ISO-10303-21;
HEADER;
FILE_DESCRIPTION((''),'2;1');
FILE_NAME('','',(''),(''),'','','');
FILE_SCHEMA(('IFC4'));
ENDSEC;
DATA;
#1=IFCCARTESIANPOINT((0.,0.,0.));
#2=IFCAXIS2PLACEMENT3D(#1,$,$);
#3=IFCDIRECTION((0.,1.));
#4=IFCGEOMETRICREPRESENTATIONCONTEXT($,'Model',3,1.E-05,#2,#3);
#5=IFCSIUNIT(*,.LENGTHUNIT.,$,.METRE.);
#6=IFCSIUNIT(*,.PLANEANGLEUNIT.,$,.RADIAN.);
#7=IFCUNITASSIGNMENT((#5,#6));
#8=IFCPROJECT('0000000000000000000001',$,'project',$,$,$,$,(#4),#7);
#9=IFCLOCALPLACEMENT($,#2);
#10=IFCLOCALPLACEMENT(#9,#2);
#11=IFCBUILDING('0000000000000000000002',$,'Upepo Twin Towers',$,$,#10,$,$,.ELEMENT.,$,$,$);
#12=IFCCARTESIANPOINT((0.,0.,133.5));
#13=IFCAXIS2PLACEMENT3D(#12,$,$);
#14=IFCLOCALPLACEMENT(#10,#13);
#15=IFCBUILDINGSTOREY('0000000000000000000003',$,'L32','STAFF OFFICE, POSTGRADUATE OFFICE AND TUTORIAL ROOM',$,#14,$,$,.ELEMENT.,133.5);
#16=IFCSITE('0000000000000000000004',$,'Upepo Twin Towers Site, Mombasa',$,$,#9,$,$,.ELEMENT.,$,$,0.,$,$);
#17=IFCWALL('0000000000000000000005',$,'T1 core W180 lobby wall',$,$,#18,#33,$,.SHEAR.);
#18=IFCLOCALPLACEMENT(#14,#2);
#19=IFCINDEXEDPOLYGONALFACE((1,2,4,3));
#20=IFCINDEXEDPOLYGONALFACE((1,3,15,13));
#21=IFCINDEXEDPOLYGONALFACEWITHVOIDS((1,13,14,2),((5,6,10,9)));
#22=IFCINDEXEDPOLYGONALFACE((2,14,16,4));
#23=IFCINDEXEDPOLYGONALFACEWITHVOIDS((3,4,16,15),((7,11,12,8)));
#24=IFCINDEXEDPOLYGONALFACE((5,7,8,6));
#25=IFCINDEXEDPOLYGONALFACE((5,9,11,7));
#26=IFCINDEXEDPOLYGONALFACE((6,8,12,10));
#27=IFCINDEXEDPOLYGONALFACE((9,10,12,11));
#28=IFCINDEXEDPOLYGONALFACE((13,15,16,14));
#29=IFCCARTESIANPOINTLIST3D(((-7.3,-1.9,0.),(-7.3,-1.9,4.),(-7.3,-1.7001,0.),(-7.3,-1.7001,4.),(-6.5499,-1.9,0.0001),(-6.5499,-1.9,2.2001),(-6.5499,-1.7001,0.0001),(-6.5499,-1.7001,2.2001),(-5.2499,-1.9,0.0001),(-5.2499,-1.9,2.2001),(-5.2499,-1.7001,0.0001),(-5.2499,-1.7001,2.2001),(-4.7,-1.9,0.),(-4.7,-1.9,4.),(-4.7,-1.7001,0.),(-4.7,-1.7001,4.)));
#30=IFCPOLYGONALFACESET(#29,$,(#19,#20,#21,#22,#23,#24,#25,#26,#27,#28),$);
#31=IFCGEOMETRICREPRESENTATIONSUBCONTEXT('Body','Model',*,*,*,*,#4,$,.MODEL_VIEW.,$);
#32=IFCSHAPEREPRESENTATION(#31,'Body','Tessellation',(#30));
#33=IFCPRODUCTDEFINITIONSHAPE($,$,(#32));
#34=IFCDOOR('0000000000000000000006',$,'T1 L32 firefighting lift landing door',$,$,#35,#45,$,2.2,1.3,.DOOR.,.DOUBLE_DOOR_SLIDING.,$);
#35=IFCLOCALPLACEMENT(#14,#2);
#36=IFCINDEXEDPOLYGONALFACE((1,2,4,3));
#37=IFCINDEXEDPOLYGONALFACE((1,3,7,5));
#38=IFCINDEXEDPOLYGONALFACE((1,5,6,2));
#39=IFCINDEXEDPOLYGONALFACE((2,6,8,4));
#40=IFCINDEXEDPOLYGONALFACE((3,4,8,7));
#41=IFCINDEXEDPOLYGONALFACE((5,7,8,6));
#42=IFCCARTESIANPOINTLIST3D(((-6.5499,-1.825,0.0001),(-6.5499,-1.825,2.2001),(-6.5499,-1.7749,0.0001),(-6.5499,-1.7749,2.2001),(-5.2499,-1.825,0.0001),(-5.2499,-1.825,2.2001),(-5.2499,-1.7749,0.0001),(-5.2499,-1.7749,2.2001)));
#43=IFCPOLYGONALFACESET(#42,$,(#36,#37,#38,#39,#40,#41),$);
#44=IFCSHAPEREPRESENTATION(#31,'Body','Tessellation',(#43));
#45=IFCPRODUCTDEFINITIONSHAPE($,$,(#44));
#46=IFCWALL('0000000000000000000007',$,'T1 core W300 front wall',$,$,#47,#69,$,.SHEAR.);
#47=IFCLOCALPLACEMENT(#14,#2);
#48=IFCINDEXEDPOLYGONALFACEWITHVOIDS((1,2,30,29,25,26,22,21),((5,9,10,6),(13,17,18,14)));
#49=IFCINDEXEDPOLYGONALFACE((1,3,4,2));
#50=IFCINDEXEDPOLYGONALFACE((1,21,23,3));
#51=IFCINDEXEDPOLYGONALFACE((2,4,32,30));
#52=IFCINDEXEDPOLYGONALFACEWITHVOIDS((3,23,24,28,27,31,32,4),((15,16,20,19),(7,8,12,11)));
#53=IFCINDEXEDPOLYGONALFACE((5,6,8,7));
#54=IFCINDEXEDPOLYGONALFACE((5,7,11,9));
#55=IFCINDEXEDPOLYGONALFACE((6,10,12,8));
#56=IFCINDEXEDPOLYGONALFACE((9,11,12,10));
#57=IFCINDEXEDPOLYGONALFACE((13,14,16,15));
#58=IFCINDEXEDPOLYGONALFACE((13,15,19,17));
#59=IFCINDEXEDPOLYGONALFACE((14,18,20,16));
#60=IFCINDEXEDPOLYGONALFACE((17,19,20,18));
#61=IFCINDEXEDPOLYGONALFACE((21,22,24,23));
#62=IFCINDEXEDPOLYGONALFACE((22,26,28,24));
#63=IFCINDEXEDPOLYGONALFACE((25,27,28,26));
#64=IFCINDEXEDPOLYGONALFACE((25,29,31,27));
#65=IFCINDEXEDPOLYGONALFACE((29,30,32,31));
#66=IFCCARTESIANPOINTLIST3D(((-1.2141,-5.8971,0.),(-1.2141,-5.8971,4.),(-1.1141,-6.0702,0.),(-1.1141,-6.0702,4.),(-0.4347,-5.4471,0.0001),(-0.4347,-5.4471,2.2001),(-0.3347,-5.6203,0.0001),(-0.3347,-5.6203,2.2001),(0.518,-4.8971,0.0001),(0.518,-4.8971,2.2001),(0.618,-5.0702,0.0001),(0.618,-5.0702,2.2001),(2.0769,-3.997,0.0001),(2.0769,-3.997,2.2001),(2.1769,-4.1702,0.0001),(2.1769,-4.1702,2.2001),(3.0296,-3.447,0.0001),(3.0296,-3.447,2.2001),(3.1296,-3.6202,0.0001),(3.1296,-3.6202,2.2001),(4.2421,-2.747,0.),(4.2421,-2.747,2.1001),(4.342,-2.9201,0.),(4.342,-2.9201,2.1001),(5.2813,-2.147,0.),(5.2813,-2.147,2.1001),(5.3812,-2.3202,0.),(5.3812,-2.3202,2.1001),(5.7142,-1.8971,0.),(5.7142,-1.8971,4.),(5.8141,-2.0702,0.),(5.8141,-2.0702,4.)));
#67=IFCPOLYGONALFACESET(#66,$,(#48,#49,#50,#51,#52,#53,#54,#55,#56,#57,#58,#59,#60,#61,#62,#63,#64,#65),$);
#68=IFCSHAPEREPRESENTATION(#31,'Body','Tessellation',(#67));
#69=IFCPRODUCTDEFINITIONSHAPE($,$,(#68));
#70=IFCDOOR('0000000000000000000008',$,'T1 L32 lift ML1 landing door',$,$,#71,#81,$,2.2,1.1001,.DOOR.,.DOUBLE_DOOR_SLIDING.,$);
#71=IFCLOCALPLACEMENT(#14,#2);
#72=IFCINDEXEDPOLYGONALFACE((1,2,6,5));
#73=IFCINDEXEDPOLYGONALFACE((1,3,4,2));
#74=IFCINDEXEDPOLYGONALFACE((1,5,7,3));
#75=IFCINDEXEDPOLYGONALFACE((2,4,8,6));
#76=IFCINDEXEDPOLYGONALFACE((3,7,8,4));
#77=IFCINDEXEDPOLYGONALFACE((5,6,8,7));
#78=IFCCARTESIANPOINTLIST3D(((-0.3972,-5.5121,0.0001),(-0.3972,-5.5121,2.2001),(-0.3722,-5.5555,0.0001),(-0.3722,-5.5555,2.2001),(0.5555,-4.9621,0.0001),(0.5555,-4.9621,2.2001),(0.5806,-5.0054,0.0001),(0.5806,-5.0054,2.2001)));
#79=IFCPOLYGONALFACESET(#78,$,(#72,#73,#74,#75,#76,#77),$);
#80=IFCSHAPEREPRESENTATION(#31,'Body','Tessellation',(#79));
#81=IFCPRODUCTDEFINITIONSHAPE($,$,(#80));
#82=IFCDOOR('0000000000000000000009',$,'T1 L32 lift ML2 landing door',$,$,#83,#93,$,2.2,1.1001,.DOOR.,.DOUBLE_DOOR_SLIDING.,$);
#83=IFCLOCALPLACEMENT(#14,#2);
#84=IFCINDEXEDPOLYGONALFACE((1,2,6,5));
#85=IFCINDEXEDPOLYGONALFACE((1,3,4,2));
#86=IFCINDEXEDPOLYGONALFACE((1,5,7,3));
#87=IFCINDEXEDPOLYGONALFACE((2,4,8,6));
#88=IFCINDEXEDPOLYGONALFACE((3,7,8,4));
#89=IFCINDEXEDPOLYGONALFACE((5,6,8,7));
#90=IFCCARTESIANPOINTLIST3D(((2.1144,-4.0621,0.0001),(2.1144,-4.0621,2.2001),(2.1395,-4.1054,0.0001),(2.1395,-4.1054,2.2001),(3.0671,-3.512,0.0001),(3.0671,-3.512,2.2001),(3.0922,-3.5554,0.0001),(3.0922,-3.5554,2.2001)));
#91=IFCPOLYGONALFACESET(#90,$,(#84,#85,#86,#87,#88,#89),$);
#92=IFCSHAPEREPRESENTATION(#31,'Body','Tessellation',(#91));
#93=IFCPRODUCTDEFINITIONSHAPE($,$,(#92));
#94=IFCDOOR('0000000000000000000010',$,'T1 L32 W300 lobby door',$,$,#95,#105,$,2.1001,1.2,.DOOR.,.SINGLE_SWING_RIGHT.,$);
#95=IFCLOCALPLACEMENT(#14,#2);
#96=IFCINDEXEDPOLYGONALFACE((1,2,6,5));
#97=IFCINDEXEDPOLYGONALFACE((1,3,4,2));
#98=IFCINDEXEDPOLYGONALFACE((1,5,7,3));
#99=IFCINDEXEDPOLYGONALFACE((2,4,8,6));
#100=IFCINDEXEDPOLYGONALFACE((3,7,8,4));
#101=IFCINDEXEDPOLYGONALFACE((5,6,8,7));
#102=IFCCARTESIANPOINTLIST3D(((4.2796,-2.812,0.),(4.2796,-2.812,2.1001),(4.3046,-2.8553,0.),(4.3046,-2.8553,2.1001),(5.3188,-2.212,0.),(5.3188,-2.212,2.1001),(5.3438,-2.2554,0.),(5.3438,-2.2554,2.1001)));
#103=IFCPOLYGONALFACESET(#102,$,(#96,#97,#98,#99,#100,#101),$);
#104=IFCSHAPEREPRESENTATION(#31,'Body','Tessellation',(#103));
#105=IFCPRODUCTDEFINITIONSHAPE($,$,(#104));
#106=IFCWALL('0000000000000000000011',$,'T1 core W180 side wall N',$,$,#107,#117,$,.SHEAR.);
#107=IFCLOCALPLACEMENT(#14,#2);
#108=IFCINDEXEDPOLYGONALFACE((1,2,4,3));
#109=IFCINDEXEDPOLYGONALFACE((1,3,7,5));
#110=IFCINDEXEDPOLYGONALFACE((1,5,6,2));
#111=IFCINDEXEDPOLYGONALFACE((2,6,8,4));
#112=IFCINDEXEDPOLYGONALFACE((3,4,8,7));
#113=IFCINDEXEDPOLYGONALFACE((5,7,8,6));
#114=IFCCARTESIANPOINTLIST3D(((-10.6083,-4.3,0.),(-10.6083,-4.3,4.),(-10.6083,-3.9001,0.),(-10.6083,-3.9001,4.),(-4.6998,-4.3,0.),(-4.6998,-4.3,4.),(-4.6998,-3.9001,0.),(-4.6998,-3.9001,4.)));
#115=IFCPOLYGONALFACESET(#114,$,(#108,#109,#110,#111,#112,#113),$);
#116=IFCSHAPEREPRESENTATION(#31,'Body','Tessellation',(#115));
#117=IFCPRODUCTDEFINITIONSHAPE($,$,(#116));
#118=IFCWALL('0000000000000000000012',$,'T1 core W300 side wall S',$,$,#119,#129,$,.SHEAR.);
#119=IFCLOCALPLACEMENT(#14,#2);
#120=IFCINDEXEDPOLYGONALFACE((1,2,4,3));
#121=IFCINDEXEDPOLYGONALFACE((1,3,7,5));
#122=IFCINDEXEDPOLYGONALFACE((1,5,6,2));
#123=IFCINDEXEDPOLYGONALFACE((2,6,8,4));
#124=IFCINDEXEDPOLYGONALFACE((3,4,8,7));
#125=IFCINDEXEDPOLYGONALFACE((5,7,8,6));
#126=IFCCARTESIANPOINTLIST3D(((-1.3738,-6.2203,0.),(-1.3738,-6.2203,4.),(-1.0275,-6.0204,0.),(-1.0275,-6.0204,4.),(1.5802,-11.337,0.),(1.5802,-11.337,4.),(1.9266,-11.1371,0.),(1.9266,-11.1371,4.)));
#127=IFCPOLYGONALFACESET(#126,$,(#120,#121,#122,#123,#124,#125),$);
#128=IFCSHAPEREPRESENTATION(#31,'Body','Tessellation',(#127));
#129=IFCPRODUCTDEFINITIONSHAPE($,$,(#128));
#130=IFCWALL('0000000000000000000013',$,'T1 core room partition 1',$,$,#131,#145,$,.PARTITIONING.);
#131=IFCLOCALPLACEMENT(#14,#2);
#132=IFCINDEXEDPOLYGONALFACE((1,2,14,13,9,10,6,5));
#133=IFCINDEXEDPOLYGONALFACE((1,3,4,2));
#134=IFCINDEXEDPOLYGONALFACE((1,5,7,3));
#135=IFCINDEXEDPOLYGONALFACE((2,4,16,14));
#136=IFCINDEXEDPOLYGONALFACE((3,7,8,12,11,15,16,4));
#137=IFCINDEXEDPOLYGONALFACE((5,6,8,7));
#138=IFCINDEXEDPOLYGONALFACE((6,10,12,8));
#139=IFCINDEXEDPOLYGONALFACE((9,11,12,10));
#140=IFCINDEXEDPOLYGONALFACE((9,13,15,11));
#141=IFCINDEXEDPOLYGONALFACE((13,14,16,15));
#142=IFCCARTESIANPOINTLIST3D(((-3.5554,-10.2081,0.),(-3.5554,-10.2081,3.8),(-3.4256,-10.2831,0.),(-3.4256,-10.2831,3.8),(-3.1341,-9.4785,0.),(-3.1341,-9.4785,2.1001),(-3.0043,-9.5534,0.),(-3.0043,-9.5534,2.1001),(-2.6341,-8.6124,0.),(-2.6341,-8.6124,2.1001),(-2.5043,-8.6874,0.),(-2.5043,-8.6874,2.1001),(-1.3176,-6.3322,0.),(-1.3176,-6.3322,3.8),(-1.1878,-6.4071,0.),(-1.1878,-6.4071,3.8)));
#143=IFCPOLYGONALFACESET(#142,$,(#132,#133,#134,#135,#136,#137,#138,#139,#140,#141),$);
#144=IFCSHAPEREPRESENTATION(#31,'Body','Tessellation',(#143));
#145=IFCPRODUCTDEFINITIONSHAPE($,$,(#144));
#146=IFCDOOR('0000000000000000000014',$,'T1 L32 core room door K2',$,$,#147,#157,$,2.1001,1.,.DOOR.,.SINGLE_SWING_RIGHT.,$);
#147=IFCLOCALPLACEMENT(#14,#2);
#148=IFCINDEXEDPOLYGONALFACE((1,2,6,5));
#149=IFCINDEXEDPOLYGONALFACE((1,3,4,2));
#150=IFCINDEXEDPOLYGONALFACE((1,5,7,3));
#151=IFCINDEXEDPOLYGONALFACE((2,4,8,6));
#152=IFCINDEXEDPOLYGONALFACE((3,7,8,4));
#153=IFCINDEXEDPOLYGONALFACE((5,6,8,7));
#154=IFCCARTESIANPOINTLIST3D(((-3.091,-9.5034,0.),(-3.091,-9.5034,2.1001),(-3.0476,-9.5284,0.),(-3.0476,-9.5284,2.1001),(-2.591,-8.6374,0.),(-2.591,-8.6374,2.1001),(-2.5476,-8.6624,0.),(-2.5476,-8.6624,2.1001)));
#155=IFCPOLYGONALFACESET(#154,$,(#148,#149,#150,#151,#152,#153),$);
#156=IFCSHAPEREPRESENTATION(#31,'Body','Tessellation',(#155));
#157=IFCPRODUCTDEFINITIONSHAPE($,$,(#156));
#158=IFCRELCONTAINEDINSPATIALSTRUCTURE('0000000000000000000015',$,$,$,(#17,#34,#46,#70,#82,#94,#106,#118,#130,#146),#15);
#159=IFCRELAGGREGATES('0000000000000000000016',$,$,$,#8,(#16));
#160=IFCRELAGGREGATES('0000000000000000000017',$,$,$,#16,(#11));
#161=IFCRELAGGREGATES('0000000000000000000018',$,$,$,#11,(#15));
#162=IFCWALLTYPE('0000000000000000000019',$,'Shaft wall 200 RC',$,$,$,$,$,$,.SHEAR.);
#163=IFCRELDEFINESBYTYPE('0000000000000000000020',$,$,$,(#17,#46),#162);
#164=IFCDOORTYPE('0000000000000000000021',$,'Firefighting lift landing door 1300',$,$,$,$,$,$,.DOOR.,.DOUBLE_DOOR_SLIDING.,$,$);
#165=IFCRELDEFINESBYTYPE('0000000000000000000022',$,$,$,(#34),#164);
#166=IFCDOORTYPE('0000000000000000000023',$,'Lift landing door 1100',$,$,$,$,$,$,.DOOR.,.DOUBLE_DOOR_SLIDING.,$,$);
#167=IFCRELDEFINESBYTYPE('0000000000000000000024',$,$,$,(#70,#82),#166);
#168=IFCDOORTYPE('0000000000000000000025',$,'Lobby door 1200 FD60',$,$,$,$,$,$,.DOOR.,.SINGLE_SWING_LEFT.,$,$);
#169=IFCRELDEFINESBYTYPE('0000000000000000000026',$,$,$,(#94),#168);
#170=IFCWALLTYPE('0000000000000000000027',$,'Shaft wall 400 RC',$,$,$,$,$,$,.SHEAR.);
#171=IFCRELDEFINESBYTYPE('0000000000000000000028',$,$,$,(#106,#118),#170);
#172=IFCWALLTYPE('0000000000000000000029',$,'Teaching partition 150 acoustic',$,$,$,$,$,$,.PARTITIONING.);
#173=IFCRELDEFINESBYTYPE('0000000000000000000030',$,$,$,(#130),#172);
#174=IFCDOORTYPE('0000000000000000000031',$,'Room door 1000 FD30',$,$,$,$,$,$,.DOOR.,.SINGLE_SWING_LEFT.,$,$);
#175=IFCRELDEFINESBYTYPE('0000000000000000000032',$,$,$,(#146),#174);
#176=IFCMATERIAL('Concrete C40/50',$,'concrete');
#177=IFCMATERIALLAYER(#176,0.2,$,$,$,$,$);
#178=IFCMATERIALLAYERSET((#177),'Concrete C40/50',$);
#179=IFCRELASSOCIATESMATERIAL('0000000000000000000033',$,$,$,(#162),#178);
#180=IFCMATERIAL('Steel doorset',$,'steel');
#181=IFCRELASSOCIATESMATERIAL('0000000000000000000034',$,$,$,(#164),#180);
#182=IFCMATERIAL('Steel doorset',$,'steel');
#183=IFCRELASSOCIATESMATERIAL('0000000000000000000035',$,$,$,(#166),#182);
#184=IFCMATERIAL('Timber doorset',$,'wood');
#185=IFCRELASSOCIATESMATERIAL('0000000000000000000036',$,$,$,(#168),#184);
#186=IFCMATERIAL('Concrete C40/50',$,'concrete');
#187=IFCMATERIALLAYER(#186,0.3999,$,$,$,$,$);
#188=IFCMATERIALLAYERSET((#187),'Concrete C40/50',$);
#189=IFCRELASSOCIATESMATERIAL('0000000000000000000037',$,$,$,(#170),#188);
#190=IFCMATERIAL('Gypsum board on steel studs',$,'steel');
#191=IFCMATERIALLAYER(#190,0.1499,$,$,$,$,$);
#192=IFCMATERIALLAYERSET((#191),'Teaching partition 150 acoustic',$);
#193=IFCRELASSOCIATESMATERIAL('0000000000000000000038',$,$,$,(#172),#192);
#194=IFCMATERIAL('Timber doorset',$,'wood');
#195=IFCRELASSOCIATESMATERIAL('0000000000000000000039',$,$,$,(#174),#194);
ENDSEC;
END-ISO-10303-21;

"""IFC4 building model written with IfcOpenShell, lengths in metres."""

from ifc_helpers import new_model, si_unit, direction, frame, frame_2d, origin, place, context, subcontext, project, spatial, rectangle, extrude, material, layer, layer_set, type_object, element, fill, save


model = new_model("IFC4")

# Units and contexts
model_context = context("Model", 3, precision=1e-05, world=origin(), true_north=direction((0.0, 1.0)))
body_context = subcontext(model_context, "Body", "Model", "MODEL_VIEW")
ifc_project = project(units=[si_unit("LENGTHUNIT", "METRE"), si_unit("PLANEANGLEUNIT", "RADIAN")], contexts=[model_context])

# Site, building, storey
site_placement = place(None, origin())
site = spatial("IfcSite", under=ifc_project, at=site_placement, Name="Upepo Twin Towers Site, Mombasa", CompositionType="ELEMENT", RefElevation=0.0)
building_placement = place(site_placement, origin())
building = spatial("IfcBuilding", under=site, at=building_placement, Name="Upepo Twin Towers", CompositionType="ELEMENT")
storey_placement = place(building_placement, frame((0.0, 0.0, 133.5)))
storey = spatial("IfcBuildingStorey", under=building, at=storey_placement, Name="L32", Description="STAFF OFFICE, POSTGRADUATE OFFICE AND TUTORIAL ROOM", CompositionType="ELEMENT", Elevation=133.5)

# Shared definitions
ifc_material_1 = material(Name="Concrete C40/50", Category="concrete")
ifc_layer_1 = layer(ifc_material_1, 0.2)
ifc_layer_set_1 = layer_set([ifc_layer_1], Name="Concrete C40/50")
wall_type_1 = type_object("IfcWallType", Name="Shaft wall 200 RC", PredefinedType="SHEAR", material=ifc_layer_set_1)

# Wall, opening, door
wall_1_placement = place(storey_placement, frame((-4.7, -1.8, 0.0), z_axis=(0.0, 0.0, 1.0), x_axis=(-1.0, 0.0, 0.0)))
wall_1 = element("IfcWall", 1, at=wall_1_placement, inside=storey, type_object=wall_type_1, Name="T1 core W180 lobby wall", PredefinedType="SHEAR", context=body_context, shape_type="SweptSolid", body=[
    extrude(rectangle(XDim=2.6001, YDim=0.2, at=frame_2d((1.3, 0.0))), origin(), (0.0, 0.0, 1.0), 4.0),
])
opening_1_placement = place(wall_1_placement, frame((0.55, 0.0, 0.0)))
opening_1 = element("IfcOpeningElement", 2, at=opening_1_placement, cuts=wall_1, PredefinedType="OPENING", context=body_context, shape_type="SweptSolid", body=[
    extrude(rectangle(XDim=1.3, YDim=2.2, at=frame_2d((0.6499, 1.1001))), frame((0.0, 0.1099, 0.0), z_axis=(0.0, -1.0, 0.0), x_axis=(1.0, 0.0, 0.0)), (0.0, 0.0, 1.0), 0.22),
])
ifc_material_2 = material(Name="Steel doorset", Category="steel")
door_type_1 = type_object("IfcDoorType", Name="Firefighting lift landing door 1300", OperationType="DOUBLE_DOOR_SLIDING", PredefinedType="DOOR", material=ifc_material_2)
door_1_placement = place(opening_1_placement, origin())
door_1 = element("IfcDoor", 3, at=door_1_placement, inside=storey, type_object=door_type_1, Name="T1 L32 firefighting lift landing door", OperationType="DOUBLE_DOOR_SLIDING", OverallHeight=2.2, OverallWidth=1.3, PredefinedType="DOOR", context=body_context, shape_type="SweptSolid", body=[
    extrude(rectangle(XDim=1.3, YDim=2.2, at=frame_2d((0.6499, 1.1001))), frame((0.0, 0.0249, 0.0), z_axis=(0.0, -1.0, 0.0), x_axis=(1.0, 0.0, 0.0)), (0.0, 0.0, 1.0), 0.05),
])
fill(opening_1, door_1)

# Wall, openings, doors
wall_2_placement = place(storey_placement, frame((-1.1641, -5.9836, 0.0), z_axis=(0.0, 0.0, 1.0), x_axis=(0.866026, 0.499999, 0.0)))
wall_2 = element("IfcWall", 4, at=wall_2_placement, inside=storey, type_object=wall_type_1, Name="T1 core W300 front wall", PredefinedType="SHEAR", context=body_context, shape_type="SweptSolid", body=[
    extrude(rectangle(XDim=8.0, YDim=0.2, at=frame_2d((4.0, 0.0))), origin(), (0.0, 0.0, 1.0), 4.0),
])
opening_2_placement = place(wall_2_placement, frame((6.3, 0.0, 0.0)))
opening_2 = element("IfcOpeningElement", 5, at=opening_2_placement, cuts=wall_2, PredefinedType="OPENING", context=body_context, shape_type="SweptSolid", body=[
    extrude(rectangle(XDim=1.2, YDim=2.1001, at=frame_2d((0.6001, 1.05))), frame((0.0, 0.1099, 0.0), z_axis=(0.0, -1.0, 0.0), x_axis=(1.0, 0.0, 0.0)), (0.0, 0.0, 1.0), 0.22),
])
opening_3_placement = place(wall_2_placement, frame((0.8999, 0.0, 0.0)))
opening_3 = element("IfcOpeningElement", 6, at=opening_3_placement, cuts=wall_2, PredefinedType="OPENING", context=body_context, shape_type="SweptSolid", body=[
    extrude(rectangle(XDim=1.1001, YDim=2.2, at=frame_2d((0.55, 1.1001))), frame((0.0, 0.1099, 0.0), z_axis=(0.0, -1.0, 0.0), x_axis=(1.0, 0.0, 0.0)), (0.0, 0.0, 1.0), 0.22),
])
opening_4_placement = place(wall_2_placement, frame((3.8, 0.0, 0.0)))
opening_4 = element("IfcOpeningElement", 7, at=opening_4_placement, cuts=wall_2, PredefinedType="OPENING", context=body_context, shape_type="SweptSolid", body=[
    extrude(rectangle(XDim=1.1001, YDim=2.2, at=frame_2d((0.55, 1.1001))), frame((0.0, 0.1099, 0.0), z_axis=(0.0, -1.0, 0.0), x_axis=(1.0, 0.0, 0.0)), (0.0, 0.0, 1.0), 0.22),
])
ifc_material_3 = material(Name="Steel doorset", Category="steel")
door_type_2 = type_object("IfcDoorType", Name="Lift landing door 1100", OperationType="DOUBLE_DOOR_SLIDING", PredefinedType="DOOR", material=ifc_material_3)
door_2_placement = place(opening_3_placement, origin())
door_2 = element("IfcDoor", 8, at=door_2_placement, inside=storey, type_object=door_type_2, Name="T1 L32 lift ML1 landing door", OperationType="DOUBLE_DOOR_SLIDING", OverallHeight=2.2, OverallWidth=1.1001, PredefinedType="DOOR", context=body_context, shape_type="SweptSolid", body=[
    extrude(rectangle(XDim=1.1001, YDim=2.2, at=frame_2d((0.55, 1.1001))), frame((0.0, 0.0249, 0.0), z_axis=(0.0, -1.0, 0.0), x_axis=(1.0, 0.0, 0.0)), (0.0, 0.0, 1.0), 0.05),
])
fill(opening_3, door_2)
door_3_placement = place(opening_4_placement, origin())
door_3 = element("IfcDoor", 9, at=door_3_placement, inside=storey, type_object=door_type_2, Name="T1 L32 lift ML2 landing door", OperationType="DOUBLE_DOOR_SLIDING", OverallHeight=2.2, OverallWidth=1.1001, PredefinedType="DOOR", context=body_context, shape_type="SweptSolid", body=[
    extrude(rectangle(XDim=1.1001, YDim=2.2, at=frame_2d((0.55, 1.1001))), frame((0.0, 0.0249, 0.0), z_axis=(0.0, -1.0, 0.0), x_axis=(1.0, 0.0, 0.0)), (0.0, 0.0, 1.0), 0.05),
])
fill(opening_4, door_3)
ifc_material_4 = material(Name="Timber doorset", Category="wood")
door_type_3 = type_object("IfcDoorType", Name="Lobby door 1200 FD60", OperationType="SINGLE_SWING_LEFT", PredefinedType="DOOR", material=ifc_material_4)
door_4_placement = place(opening_2_placement, origin())
door_4 = element("IfcDoor", 10, at=door_4_placement, inside=storey, type_object=door_type_3, Name="T1 L32 W300 lobby door", OperationType="SINGLE_SWING_RIGHT", OverallHeight=2.1001, OverallWidth=1.2, PredefinedType="DOOR", context=body_context, shape_type="SweptSolid", body=[
    extrude(rectangle(XDim=1.2, YDim=2.1001, at=frame_2d((0.6001, 1.05))), frame((0.0, 0.0249, 0.0), z_axis=(0.0, -1.0, 0.0), x_axis=(1.0, 0.0, 0.0)), (0.0, 0.0, 1.0), 0.05),
])
fill(opening_2, door_4)

# Walls
ifc_material_5 = material(Name="Concrete C40/50", Category="concrete")
ifc_layer_2 = layer(ifc_material_5, 0.3999)
ifc_layer_set_2 = layer_set([ifc_layer_2], Name="Concrete C40/50")
wall_type_2 = type_object("IfcWallType", Name="Shaft wall 400 RC", PredefinedType="SHEAR", material=ifc_layer_set_2)
wall_3_placement = place(storey_placement, frame((-4.7, -4.1001, 0.0), z_axis=(0.0, 0.0, 1.0), x_axis=(-1.0, 0.0, 0.0)))
element("IfcWall", 11, at=wall_3_placement, inside=storey, type_object=wall_type_2, Name="T1 core W180 side wall N", PredefinedType="SHEAR", context=body_context, shape_type="SweptSolid", body=[
    extrude(rectangle(XDim=5.9084, YDim=0.3999, at=frame_2d((2.9541, 0.0))), origin(), (0.0, 0.0, 1.0), 4.0),
])
wall_4_placement = place(storey_placement, frame((-1.2007, -6.1204, 0.0), z_axis=(0.0, 0.0, 1.0), x_axis=(0.499997, -0.866027, 0.0)))
element("IfcWall", 12, at=wall_4_placement, inside=storey, type_object=wall_type_2, Name="T1 core W300 side wall S", PredefinedType="SHEAR", context=body_context, shape_type="SweptSolid", body=[
    extrude(rectangle(XDim=5.9082, YDim=0.3999, at=frame_2d((2.9541, 0.0))), origin(), (0.0, 0.0, 1.0), 4.0),
])

# Wall, opening, door
ifc_material_6 = material(Name="Gypsum board on steel studs", Category="steel")
ifc_layer_3 = layer(ifc_material_6, 0.1499)
ifc_layer_set_3 = layer_set([ifc_layer_3], Name="Teaching partition 150 acoustic")
wall_type_3 = type_object("IfcWallType", Name="Teaching partition 150 acoustic", PredefinedType="PARTITIONING", material=ifc_layer_set_3)
wall_5_placement = place(storey_placement, frame((-1.2527, -6.3696, 0.0), z_axis=(0.0, 0.0, 1.0), x_axis=(-0.499999, -0.866026, 0.0)))
wall_5 = element("IfcWall", 13, at=wall_5_placement, inside=storey, type_object=wall_type_3, Name="T1 core room partition 1", PredefinedType="PARTITIONING", context=body_context, shape_type="SweptSolid", body=[
    extrude(rectangle(XDim=4.4756, YDim=0.1499, at=frame_2d((2.2378, 0.0))), origin(), (0.0, 0.0, 1.0), 3.8),
])
opening_5_placement = place(wall_5_placement, frame((2.6331, 0.0, 0.0)))
opening_5 = element("IfcOpeningElement", 14, at=opening_5_placement, cuts=wall_5, PredefinedType="OPENING", context=body_context, shape_type="SweptSolid", body=[
    extrude(rectangle(XDim=1.0, YDim=2.1001, at=frame_2d((0.5, 1.05))), frame((0.0, 0.085, 0.0), z_axis=(0.0, -1.0, 0.0), x_axis=(1.0, 0.0, 0.0)), (0.0, 0.0, 1.0), 0.1699),
])
ifc_material_7 = material(Name="Timber doorset", Category="wood")
door_type_4 = type_object("IfcDoorType", Name="Room door 1000 FD30", OperationType="SINGLE_SWING_LEFT", PredefinedType="DOOR", material=ifc_material_7)
door_5_placement = place(opening_5_placement, origin())
door_5 = element("IfcDoor", 15, at=door_5_placement, inside=storey, type_object=door_type_4, Name="T1 L32 core room door K2", OperationType="SINGLE_SWING_RIGHT", OverallHeight=2.1001, OverallWidth=1.0, PredefinedType="DOOR", context=body_context, shape_type="SweptSolid", body=[
    extrude(rectangle(XDim=1.0, YDim=2.1001, at=frame_2d((0.5, 1.05))), frame((0.0, 0.0249, 0.0), z_axis=(0.0, -1.0, 0.0), x_axis=(1.0, 0.0, 0.0)), (0.0, 0.0, 1.0), 0.05),
])
fill(opening_5, door_5)

save(model, "model.ifc")
